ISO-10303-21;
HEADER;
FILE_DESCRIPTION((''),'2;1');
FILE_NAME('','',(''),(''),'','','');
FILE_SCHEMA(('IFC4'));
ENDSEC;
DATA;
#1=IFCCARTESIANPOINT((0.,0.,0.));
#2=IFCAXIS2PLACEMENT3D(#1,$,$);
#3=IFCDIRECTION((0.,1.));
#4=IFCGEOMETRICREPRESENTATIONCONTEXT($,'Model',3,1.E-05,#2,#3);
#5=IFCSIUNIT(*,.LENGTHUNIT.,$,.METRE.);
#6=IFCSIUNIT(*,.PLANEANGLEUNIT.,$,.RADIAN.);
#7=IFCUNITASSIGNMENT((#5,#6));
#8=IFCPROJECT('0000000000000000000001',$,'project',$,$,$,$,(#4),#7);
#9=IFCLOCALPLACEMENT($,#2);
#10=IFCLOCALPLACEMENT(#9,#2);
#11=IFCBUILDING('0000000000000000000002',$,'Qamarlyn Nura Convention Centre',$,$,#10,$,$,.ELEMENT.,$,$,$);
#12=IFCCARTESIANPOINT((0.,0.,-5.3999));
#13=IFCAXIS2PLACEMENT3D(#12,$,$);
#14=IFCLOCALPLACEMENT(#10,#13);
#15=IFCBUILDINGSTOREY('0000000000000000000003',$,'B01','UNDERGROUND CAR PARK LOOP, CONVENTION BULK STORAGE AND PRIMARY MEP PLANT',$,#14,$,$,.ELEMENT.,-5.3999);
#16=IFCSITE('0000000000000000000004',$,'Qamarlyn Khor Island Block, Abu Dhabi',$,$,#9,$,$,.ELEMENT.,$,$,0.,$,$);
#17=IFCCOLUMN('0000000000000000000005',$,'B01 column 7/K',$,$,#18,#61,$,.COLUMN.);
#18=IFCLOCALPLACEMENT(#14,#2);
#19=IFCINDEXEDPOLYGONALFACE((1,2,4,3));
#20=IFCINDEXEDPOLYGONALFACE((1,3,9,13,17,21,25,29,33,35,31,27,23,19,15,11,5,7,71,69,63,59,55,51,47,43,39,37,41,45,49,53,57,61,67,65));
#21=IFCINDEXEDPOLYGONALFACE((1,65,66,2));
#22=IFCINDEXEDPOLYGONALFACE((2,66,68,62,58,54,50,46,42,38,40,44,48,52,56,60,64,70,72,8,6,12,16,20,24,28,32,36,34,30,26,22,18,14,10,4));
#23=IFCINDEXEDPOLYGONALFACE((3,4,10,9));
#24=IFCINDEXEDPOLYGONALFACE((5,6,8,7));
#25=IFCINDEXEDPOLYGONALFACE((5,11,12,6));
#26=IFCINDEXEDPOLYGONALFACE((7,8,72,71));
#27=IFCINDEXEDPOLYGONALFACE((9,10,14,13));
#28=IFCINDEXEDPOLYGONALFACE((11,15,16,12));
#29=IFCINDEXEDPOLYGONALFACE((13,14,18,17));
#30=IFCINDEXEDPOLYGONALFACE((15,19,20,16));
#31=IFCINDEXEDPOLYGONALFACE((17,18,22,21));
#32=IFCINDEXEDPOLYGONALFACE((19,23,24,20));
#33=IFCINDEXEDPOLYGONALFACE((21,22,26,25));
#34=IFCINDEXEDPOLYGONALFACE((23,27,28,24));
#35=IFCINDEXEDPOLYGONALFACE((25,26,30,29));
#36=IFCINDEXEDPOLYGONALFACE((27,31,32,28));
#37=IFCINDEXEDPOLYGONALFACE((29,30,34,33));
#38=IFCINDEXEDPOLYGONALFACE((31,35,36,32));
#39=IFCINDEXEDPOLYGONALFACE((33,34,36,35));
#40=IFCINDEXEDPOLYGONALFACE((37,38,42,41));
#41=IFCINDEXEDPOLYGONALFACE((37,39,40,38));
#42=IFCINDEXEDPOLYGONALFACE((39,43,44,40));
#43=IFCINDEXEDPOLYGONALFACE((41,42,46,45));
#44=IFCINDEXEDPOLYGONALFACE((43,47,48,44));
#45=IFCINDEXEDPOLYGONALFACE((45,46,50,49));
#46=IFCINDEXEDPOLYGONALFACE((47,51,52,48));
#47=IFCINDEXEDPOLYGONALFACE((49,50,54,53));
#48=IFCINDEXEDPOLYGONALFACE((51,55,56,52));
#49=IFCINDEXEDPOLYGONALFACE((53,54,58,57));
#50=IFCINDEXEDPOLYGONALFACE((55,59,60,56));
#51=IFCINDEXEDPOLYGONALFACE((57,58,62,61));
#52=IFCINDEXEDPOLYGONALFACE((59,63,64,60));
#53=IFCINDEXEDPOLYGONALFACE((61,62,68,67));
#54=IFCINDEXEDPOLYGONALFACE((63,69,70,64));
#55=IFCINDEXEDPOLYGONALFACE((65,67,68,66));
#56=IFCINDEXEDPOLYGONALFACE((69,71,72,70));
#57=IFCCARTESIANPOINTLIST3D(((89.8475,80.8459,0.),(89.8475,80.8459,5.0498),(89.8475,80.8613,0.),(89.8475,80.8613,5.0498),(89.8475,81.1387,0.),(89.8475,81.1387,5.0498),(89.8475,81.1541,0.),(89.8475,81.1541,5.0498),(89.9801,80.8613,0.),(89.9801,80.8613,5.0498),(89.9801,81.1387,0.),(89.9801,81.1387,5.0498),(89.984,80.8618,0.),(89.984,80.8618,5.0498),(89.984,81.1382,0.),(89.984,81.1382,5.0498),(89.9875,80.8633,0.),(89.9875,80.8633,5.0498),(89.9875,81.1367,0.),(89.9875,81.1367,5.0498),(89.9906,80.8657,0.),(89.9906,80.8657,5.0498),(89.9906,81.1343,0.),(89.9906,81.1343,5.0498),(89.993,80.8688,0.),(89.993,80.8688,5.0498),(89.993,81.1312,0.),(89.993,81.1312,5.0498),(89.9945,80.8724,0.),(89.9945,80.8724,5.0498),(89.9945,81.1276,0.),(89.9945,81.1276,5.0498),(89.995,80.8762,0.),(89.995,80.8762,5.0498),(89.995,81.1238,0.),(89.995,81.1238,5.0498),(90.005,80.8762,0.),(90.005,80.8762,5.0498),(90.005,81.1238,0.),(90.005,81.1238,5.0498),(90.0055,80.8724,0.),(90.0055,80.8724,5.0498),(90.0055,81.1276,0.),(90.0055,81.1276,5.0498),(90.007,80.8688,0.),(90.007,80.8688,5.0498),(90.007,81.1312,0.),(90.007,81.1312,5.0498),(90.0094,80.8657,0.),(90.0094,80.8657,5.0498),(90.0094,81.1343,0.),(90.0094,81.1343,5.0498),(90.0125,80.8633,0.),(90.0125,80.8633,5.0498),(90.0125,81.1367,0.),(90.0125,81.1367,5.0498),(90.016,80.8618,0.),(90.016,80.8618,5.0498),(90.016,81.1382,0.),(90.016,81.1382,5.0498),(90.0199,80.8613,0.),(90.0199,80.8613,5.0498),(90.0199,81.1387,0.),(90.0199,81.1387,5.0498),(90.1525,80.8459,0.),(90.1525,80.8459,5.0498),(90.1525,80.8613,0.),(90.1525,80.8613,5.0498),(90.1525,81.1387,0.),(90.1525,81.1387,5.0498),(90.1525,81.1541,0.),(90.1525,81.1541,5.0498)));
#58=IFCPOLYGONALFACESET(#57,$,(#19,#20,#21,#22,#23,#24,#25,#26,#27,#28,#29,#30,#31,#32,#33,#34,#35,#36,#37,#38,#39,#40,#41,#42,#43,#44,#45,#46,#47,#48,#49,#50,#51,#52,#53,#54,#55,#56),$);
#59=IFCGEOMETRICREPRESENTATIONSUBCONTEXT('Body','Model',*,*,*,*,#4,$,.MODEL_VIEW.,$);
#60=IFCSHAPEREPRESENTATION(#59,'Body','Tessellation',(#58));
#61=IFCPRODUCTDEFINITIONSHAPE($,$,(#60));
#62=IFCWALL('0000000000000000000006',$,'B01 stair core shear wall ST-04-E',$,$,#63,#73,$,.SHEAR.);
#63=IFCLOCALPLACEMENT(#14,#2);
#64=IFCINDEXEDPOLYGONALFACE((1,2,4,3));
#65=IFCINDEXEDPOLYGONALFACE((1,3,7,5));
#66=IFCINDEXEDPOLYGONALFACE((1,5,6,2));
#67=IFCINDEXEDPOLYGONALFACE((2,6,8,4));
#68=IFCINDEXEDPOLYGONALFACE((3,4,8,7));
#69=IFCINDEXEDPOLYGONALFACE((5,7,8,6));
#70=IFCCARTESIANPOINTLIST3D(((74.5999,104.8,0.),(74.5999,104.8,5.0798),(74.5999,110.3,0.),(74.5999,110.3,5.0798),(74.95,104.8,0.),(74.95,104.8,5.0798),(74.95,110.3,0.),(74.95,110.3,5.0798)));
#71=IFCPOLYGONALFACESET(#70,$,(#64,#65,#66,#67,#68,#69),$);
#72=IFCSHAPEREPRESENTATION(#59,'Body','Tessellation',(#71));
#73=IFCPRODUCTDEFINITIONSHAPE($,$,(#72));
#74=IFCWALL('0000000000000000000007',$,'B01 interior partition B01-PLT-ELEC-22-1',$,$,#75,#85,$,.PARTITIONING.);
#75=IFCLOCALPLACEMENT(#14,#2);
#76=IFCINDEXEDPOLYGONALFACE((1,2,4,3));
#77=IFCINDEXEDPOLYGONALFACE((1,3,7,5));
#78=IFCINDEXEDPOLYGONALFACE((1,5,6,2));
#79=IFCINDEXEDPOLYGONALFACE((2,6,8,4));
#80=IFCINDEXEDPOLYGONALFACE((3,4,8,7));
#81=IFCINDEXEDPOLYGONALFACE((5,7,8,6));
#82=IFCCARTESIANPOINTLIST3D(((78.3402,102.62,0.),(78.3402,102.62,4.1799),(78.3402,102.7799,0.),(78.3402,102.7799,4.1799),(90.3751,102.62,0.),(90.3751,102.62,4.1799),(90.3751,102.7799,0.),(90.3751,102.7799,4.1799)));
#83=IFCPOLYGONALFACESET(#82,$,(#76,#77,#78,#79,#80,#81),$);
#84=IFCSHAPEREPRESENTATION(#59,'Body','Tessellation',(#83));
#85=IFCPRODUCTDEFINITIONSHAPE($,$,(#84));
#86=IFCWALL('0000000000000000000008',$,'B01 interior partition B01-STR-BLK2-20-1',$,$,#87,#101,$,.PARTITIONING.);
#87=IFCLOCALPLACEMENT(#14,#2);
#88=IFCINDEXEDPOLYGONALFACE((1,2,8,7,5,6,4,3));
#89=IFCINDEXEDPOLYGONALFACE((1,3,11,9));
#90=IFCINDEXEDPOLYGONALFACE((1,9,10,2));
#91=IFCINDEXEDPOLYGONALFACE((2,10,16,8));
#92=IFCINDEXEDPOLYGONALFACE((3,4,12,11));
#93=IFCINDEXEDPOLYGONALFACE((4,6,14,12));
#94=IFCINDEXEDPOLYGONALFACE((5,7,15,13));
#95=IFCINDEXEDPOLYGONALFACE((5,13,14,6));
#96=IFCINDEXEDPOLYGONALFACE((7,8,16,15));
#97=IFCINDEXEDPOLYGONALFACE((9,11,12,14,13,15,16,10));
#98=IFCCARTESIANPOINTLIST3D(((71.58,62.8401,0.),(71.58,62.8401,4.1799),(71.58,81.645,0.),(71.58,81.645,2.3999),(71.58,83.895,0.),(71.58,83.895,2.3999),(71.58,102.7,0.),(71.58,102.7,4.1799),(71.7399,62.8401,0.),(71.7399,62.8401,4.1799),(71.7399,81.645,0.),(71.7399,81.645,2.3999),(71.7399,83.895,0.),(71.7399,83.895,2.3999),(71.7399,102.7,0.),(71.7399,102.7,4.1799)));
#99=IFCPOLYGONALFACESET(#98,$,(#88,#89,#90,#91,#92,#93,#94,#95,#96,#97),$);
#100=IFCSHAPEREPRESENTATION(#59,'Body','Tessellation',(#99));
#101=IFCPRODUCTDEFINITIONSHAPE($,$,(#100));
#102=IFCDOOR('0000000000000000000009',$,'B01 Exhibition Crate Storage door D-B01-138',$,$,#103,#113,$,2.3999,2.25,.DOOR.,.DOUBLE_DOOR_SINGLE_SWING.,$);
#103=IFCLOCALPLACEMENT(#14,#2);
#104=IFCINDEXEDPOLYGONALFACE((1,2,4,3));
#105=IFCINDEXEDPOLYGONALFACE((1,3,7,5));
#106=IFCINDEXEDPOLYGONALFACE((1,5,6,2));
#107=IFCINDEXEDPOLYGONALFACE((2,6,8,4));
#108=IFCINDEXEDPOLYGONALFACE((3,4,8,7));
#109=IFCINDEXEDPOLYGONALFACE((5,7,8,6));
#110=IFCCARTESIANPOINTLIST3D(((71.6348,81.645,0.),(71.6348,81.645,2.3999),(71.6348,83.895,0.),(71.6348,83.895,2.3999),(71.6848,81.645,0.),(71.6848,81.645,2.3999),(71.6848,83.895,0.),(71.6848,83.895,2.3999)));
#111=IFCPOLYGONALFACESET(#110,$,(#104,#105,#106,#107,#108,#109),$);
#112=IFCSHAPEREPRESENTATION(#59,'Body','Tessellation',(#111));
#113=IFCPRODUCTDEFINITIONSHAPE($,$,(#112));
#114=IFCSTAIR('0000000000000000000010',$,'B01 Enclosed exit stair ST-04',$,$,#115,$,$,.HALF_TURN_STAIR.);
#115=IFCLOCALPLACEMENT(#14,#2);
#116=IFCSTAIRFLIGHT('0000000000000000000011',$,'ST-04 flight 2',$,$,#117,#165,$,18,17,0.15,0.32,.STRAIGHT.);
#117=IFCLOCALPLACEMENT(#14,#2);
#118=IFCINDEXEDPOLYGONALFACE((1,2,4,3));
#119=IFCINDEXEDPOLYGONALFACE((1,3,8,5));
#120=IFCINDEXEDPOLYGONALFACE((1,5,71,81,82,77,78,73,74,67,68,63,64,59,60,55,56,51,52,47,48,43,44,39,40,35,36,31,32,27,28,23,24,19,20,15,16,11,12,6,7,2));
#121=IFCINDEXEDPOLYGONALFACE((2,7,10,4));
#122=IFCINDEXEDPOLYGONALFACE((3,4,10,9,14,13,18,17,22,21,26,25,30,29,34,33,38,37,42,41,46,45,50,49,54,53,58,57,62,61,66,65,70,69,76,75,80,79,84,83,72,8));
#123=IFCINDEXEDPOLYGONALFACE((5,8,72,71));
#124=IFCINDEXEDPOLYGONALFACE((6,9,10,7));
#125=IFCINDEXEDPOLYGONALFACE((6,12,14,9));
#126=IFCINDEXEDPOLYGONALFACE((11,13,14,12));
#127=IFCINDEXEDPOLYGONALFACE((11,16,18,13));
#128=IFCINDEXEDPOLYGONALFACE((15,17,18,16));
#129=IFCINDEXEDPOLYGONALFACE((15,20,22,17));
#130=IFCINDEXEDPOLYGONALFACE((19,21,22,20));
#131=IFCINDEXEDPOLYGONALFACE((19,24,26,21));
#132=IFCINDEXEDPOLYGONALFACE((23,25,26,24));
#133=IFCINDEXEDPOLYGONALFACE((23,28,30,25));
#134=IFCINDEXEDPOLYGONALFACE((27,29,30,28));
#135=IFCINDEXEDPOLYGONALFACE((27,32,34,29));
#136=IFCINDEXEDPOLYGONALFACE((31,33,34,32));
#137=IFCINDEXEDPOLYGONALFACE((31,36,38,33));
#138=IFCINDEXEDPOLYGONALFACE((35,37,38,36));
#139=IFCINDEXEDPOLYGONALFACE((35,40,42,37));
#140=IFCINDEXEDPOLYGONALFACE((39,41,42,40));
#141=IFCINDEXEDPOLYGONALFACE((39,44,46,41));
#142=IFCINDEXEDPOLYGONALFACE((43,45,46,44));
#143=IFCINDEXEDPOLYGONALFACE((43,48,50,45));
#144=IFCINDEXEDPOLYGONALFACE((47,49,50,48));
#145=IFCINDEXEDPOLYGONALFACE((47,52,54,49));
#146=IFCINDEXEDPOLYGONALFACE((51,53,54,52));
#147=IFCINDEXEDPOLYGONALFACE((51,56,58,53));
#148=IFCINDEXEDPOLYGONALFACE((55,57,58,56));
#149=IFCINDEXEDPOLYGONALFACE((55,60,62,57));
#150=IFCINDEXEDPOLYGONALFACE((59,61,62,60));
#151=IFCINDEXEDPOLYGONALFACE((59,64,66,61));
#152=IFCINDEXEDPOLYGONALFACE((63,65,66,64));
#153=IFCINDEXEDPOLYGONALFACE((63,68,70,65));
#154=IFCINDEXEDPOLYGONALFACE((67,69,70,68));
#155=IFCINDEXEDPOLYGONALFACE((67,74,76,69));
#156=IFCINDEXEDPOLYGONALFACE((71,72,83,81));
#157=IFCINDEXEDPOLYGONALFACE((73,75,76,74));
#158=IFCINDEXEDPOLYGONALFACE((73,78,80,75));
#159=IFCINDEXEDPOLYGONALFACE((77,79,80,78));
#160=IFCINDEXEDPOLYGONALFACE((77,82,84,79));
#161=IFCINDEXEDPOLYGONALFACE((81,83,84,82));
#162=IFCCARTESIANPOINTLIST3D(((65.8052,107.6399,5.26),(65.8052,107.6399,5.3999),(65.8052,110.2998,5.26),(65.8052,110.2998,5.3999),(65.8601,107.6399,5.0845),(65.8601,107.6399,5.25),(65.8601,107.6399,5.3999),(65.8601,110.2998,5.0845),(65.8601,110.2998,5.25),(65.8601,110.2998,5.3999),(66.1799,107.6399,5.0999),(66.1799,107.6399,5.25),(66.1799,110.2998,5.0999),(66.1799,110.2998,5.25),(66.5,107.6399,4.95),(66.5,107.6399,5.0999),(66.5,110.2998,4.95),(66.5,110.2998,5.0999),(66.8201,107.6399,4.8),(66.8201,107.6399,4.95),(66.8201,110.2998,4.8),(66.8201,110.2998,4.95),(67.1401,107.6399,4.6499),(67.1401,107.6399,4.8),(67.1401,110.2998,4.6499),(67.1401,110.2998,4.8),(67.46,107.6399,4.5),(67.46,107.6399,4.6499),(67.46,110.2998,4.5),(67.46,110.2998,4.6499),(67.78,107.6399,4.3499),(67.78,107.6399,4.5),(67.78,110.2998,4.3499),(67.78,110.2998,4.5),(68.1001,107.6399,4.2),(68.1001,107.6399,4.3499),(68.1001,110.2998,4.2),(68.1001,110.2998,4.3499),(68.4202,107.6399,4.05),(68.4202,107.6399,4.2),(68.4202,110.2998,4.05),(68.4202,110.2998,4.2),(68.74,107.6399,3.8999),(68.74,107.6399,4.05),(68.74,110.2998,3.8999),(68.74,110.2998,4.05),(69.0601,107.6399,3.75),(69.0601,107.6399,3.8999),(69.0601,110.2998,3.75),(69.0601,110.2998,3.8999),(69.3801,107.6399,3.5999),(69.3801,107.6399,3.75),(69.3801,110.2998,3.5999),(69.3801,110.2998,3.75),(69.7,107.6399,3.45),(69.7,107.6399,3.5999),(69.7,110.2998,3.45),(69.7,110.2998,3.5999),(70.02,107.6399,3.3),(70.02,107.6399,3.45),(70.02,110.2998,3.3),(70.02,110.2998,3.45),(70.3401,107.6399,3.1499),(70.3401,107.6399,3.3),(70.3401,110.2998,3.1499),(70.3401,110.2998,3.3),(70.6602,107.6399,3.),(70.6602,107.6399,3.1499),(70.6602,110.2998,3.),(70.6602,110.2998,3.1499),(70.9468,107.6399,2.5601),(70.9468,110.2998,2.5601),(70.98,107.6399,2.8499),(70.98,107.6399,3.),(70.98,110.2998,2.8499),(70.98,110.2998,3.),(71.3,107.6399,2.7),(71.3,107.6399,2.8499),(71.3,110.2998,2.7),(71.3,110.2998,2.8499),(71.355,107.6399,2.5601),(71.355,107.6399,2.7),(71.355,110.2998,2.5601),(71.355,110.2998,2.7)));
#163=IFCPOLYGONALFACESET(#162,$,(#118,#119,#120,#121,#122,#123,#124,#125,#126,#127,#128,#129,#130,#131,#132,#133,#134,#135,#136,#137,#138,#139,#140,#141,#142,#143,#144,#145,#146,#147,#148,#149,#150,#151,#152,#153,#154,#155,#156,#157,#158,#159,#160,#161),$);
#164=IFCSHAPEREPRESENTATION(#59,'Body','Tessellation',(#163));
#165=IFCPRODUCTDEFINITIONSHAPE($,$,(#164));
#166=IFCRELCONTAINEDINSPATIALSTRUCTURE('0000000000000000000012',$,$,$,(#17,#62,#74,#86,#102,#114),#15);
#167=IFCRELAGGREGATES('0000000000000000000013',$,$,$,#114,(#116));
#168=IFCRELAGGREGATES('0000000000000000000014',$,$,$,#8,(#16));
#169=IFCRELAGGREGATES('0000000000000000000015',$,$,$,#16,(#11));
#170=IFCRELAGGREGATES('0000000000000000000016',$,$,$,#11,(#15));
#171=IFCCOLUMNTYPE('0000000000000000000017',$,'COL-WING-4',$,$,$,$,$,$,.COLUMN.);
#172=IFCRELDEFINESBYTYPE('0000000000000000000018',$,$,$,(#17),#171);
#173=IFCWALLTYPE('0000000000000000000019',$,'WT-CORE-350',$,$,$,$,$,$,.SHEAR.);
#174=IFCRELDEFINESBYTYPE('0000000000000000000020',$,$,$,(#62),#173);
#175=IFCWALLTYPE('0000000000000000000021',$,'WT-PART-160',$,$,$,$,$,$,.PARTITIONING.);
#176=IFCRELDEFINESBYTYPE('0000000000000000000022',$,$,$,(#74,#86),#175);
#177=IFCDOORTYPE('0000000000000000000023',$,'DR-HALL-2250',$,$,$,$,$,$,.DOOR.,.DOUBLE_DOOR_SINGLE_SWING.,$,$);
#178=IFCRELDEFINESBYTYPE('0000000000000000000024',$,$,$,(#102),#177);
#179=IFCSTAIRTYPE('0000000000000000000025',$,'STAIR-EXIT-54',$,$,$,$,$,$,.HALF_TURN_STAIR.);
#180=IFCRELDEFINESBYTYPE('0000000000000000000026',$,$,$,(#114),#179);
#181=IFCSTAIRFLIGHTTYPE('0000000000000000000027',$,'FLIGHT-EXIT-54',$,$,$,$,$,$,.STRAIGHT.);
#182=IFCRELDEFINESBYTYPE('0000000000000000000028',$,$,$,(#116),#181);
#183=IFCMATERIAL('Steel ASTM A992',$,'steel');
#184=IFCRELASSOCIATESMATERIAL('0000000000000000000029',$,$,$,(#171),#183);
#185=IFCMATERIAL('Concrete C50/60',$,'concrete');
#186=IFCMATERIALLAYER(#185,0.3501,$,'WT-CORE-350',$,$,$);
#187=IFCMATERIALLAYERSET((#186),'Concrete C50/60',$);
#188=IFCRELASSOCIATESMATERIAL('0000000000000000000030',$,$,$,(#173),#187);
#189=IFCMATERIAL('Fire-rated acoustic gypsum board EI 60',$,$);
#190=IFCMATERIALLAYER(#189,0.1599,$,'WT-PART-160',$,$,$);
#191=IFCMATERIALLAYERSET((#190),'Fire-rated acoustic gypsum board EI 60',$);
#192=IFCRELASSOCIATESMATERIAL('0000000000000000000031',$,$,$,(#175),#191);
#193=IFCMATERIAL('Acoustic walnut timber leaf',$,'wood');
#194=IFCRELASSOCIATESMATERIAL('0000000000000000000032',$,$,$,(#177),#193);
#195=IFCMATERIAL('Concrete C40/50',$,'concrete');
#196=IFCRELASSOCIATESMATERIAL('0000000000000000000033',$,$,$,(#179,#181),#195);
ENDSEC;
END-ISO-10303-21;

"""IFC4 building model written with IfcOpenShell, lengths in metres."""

from ifc_helpers import new_model, si_unit, direction, frame, frame_2d, origin, origin_2d, place, context, subcontext, project, spatial, polyline, rectangle, i_section, outline, extrude, material, layer, layer_set, material_profile, profile_set, type_object, element, fill, aggregate, save


model = new_model("IFC4")

# Units and contexts
model_context = context("Model", 3, precision=1e-05, world=origin(), true_north=direction((0.0, 1.0)))
body_context = subcontext(model_context, "Body", "Model", "MODEL_VIEW")
ifc_project = project(units=[si_unit("LENGTHUNIT", "METRE"), si_unit("PLANEANGLEUNIT", "RADIAN")], contexts=[model_context])

# Site, building, storey
site_placement = place(None, origin())
site = spatial("IfcSite", under=ifc_project, at=site_placement, Name="Qamarlyn Khor Island Block, Abu Dhabi", CompositionType="ELEMENT", RefElevation=0.0)
building_placement = place(site_placement, origin())
building = spatial("IfcBuilding", under=site, at=building_placement, Name="Qamarlyn Nura Convention Centre", CompositionType="ELEMENT")
storey_placement = place(building_placement, frame((0.0, 0.0, -5.3999)))
storey = spatial("IfcBuildingStorey", under=building, at=storey_placement, Name="B01", Description="UNDERGROUND CAR PARK LOOP, CONVENTION BULK STORAGE AND PRIMARY MEP PLANT", CompositionType="ELEMENT", Elevation=-5.3999)

# Shared definitions
ifc_material_1 = material(Name="Concrete C40/50", Category="concrete")

# Column
ifc_material_2 = material(Name="Steel ASTM A992", Category="steel")
ifc_material_3 = material(Name="Concrete C50/60", Category="concrete")
ifc_material_profile_1 = material_profile(ifc_material_2, i_section(OverallWidth=0.3049, OverallDepth=0.3081, WebThickness=0.01, FlangeThickness=0.0154, FilletRadius=0.0149, at=origin_2d()), Name="W310X97")
ifc_profile_set_1 = profile_set([ifc_material_profile_1], Name="Steel ASTM A992")
column_type_1 = type_object("IfcColumnType", Name="COL-WING-4", PredefinedType="COLUMN", material=ifc_profile_set_1)
column_1_placement = place(storey_placement, frame((90.0, 81.0, 0.0), z_axis=(0.0, 0.0, 1.0), x_axis=(1.0, 0.0, 0.0)))
element("IfcColumn", 1, at=column_1_placement, inside=storey, type_object=column_type_1, Name="B01 column 7/K", PredefinedType="COLUMN", context=body_context, shape_type="SweptSolid", body=[
    extrude(i_section(OverallWidth=0.3049, OverallDepth=0.3081, WebThickness=0.01, FlangeThickness=0.0154, FilletRadius=0.0149, at=origin_2d()), origin(), (0.0, 0.0, 1.0), 5.0498),
])

# Walls
ifc_layer_1 = layer(ifc_material_3, 0.3501, Name="WT-CORE-350")
ifc_layer_set_1 = layer_set([ifc_layer_1], Name="Concrete C50/60")
wall_type_1 = type_object("IfcWallType", Name="WT-CORE-350", PredefinedType="SHEAR", material=ifc_layer_set_1)
wall_1_placement = place(storey_placement, frame((74.7749, 104.8, 0.0), z_axis=(0.0, 0.0, 1.0), x_axis=(0.0, 1.0, 0.0)))
element("IfcWall", 2, at=wall_1_placement, inside=storey, type_object=wall_type_1, Name="B01 stair core shear wall ST-04-E", PredefinedType="SHEAR", context=body_context, shape_type="SweptSolid", body=[
    extrude(rectangle(XDim=5.5, YDim=0.3501, at=frame_2d((2.75, 0.0))), origin(), (0.0, 0.0, 1.0), 5.0798),
])
ifc_material_4 = material(Name="Fire-rated acoustic gypsum board EI 60")
ifc_layer_2 = layer(ifc_material_4, 0.1599, Name="WT-PART-160")
ifc_layer_set_2 = layer_set([ifc_layer_2], Name="Fire-rated acoustic gypsum board EI 60")
wall_type_2 = type_object("IfcWallType", Name="WT-PART-160", PredefinedType="PARTITIONING", material=ifc_layer_set_2)
wall_2_placement = place(storey_placement, frame((78.3401, 102.7, 0.0), z_axis=(0.0, 0.0, 1.0), x_axis=(1.0, 0.0, 0.0)))
element("IfcWall", 3, at=wall_2_placement, inside=storey, type_object=wall_type_2, Name="B01 interior partition B01-PLT-ELEC-22-1", PredefinedType="PARTITIONING", context=body_context, shape_type="SweptSolid", body=[
    extrude(rectangle(XDim=12.0349, YDim=0.1599, at=frame_2d((6.0176, 0.0))), origin(), (0.0, 0.0, 1.0), 4.1799),
])

# Wall, opening, door
wall_3_placement = place(storey_placement, frame((71.6599, 102.7, 0.0), z_axis=(0.0, 0.0, 1.0), x_axis=(0.0, -1.0, 0.0)))
wall_3 = element("IfcWall", 4, at=wall_3_placement, inside=storey, type_object=wall_type_2, Name="B01 interior partition B01-STR-BLK2-20-1", PredefinedType="PARTITIONING", context=body_context, shape_type="SweptSolid", body=[
    extrude(rectangle(XDim=39.8599, YDim=0.1599, at=frame_2d((19.9299, 0.0))), origin(), (0.0, 0.0, 1.0), 4.1799),
])
opening_placement = place(wall_3_placement, frame((18.8049, 0.0, 0.0)))
opening = element("IfcOpeningElement", 5, at=opening_placement, cuts=wall_3, PredefinedType="OPENING", context=body_context, shape_type="SweptSolid", body=[
    extrude(rectangle(XDim=2.25, YDim=2.3999, at=frame_2d((1.125, 1.2))), frame((0.0, 0.0898, 0.0), z_axis=(0.0, -1.0, 0.0), x_axis=(1.0, 0.0, 0.0)), (0.0, 0.0, 1.0), 0.1799),
])
ifc_material_5 = material(Name="Acoustic walnut timber leaf", Category="wood")
door_type = type_object("IfcDoorType", Name="DR-HALL-2250", OperationType="DOUBLE_DOOR_SINGLE_SWING", PredefinedType="DOOR", material=ifc_material_5)
door_placement = place(opening_placement, origin())
door = element("IfcDoor", 6, at=door_placement, inside=storey, type_object=door_type, Name="B01 Exhibition Crate Storage door D-B01-138", OperationType="DOUBLE_DOOR_SINGLE_SWING", OverallHeight=2.3999, OverallWidth=2.25, PredefinedType="DOOR", context=body_context, shape_type="SweptSolid", body=[
    extrude(rectangle(XDim=2.25, YDim=2.3999, at=frame_2d((1.125, 1.2))), frame((0.0, 0.0249, 0.0), z_axis=(0.0, -1.0, 0.0), x_axis=(1.0, 0.0, 0.0)), (0.0, 0.0, 1.0), 0.05),
])
fill(opening, door)

# Stair, stair flight
stair_type = type_object("IfcStairType", Name="STAIR-EXIT-54", PredefinedType="HALF_TURN_STAIR", material=ifc_material_1)
stair_placement = place(storey_placement, origin())
stair = element("IfcStair", 7, at=stair_placement, inside=storey, type_object=stair_type, Name="B01 Enclosed exit stair ST-04", PredefinedType="HALF_TURN_STAIR")
stair_flight_type = type_object("IfcStairFlightType", Name="FLIGHT-EXIT-54", PredefinedType="STRAIGHT", material=ifc_material_1)
stair_flight_placement = place(storey_placement, frame((71.3, 108.97, 2.7), z_axis=(0.0, 0.0, 1.0), x_axis=(-1.0, 0.0, 0.0)))
stair_flight = element("IfcStairFlight", 8, at=stair_flight_placement, type_object=stair_flight_type, Name="ST-04 flight 2", NumberOfRisers=18, NumberOfTreads=17, PredefinedType="STRAIGHT", RiserHeight=0.15, TreadLength=0.32, context=body_context, shape_type="SweptSolid", body=[
    extrude(outline(polyline([(-0.0549, 0.0), (0.0, 0.0), (0.0, 0.1499), (0.3201, 0.1499), (0.3201, 0.3), (0.6399, 0.3), (0.6399, 0.45), (0.96, 0.45), (0.96, 0.6001), (1.28, 0.6001), (1.28, 0.75), (1.6001, 0.75), (1.6001, 0.8999), (1.9199, 0.8999), (1.9199, 1.05), (2.24, 1.05), (2.24, 1.2), (2.5601, 1.2), (2.5601, 1.3501), (2.8799, 1.3501), (2.8799, 1.5), (3.2, 1.5), (3.2, 1.6499), (3.52, 1.6499), (3.52, 1.8), (3.8401, 1.8), (3.8401, 1.95), (4.1599, 1.95), (4.1599, 2.1001), (4.48, 2.1001), (4.48, 2.25), (4.8, 2.25), (4.8, 2.3999), (5.1201, 2.3999), (5.1201, 2.55), (5.4399, 2.55), (5.4399, 2.7), (5.4949, 2.7), (5.4949, 2.5601), (5.4399, 2.3845), (0.3533, -0.1399), (-0.0549, -0.1399), (-0.0549, 0.0)])), frame((0.0, 1.3301, 0.0), z_axis=(0.0, -1.0, 0.0), x_axis=(1.0, 0.0, 0.0)), (0.0, 0.0, 1.0), 2.6599),
])
aggregate(stair, [stair_flight])

save(model, "model.ifc")
